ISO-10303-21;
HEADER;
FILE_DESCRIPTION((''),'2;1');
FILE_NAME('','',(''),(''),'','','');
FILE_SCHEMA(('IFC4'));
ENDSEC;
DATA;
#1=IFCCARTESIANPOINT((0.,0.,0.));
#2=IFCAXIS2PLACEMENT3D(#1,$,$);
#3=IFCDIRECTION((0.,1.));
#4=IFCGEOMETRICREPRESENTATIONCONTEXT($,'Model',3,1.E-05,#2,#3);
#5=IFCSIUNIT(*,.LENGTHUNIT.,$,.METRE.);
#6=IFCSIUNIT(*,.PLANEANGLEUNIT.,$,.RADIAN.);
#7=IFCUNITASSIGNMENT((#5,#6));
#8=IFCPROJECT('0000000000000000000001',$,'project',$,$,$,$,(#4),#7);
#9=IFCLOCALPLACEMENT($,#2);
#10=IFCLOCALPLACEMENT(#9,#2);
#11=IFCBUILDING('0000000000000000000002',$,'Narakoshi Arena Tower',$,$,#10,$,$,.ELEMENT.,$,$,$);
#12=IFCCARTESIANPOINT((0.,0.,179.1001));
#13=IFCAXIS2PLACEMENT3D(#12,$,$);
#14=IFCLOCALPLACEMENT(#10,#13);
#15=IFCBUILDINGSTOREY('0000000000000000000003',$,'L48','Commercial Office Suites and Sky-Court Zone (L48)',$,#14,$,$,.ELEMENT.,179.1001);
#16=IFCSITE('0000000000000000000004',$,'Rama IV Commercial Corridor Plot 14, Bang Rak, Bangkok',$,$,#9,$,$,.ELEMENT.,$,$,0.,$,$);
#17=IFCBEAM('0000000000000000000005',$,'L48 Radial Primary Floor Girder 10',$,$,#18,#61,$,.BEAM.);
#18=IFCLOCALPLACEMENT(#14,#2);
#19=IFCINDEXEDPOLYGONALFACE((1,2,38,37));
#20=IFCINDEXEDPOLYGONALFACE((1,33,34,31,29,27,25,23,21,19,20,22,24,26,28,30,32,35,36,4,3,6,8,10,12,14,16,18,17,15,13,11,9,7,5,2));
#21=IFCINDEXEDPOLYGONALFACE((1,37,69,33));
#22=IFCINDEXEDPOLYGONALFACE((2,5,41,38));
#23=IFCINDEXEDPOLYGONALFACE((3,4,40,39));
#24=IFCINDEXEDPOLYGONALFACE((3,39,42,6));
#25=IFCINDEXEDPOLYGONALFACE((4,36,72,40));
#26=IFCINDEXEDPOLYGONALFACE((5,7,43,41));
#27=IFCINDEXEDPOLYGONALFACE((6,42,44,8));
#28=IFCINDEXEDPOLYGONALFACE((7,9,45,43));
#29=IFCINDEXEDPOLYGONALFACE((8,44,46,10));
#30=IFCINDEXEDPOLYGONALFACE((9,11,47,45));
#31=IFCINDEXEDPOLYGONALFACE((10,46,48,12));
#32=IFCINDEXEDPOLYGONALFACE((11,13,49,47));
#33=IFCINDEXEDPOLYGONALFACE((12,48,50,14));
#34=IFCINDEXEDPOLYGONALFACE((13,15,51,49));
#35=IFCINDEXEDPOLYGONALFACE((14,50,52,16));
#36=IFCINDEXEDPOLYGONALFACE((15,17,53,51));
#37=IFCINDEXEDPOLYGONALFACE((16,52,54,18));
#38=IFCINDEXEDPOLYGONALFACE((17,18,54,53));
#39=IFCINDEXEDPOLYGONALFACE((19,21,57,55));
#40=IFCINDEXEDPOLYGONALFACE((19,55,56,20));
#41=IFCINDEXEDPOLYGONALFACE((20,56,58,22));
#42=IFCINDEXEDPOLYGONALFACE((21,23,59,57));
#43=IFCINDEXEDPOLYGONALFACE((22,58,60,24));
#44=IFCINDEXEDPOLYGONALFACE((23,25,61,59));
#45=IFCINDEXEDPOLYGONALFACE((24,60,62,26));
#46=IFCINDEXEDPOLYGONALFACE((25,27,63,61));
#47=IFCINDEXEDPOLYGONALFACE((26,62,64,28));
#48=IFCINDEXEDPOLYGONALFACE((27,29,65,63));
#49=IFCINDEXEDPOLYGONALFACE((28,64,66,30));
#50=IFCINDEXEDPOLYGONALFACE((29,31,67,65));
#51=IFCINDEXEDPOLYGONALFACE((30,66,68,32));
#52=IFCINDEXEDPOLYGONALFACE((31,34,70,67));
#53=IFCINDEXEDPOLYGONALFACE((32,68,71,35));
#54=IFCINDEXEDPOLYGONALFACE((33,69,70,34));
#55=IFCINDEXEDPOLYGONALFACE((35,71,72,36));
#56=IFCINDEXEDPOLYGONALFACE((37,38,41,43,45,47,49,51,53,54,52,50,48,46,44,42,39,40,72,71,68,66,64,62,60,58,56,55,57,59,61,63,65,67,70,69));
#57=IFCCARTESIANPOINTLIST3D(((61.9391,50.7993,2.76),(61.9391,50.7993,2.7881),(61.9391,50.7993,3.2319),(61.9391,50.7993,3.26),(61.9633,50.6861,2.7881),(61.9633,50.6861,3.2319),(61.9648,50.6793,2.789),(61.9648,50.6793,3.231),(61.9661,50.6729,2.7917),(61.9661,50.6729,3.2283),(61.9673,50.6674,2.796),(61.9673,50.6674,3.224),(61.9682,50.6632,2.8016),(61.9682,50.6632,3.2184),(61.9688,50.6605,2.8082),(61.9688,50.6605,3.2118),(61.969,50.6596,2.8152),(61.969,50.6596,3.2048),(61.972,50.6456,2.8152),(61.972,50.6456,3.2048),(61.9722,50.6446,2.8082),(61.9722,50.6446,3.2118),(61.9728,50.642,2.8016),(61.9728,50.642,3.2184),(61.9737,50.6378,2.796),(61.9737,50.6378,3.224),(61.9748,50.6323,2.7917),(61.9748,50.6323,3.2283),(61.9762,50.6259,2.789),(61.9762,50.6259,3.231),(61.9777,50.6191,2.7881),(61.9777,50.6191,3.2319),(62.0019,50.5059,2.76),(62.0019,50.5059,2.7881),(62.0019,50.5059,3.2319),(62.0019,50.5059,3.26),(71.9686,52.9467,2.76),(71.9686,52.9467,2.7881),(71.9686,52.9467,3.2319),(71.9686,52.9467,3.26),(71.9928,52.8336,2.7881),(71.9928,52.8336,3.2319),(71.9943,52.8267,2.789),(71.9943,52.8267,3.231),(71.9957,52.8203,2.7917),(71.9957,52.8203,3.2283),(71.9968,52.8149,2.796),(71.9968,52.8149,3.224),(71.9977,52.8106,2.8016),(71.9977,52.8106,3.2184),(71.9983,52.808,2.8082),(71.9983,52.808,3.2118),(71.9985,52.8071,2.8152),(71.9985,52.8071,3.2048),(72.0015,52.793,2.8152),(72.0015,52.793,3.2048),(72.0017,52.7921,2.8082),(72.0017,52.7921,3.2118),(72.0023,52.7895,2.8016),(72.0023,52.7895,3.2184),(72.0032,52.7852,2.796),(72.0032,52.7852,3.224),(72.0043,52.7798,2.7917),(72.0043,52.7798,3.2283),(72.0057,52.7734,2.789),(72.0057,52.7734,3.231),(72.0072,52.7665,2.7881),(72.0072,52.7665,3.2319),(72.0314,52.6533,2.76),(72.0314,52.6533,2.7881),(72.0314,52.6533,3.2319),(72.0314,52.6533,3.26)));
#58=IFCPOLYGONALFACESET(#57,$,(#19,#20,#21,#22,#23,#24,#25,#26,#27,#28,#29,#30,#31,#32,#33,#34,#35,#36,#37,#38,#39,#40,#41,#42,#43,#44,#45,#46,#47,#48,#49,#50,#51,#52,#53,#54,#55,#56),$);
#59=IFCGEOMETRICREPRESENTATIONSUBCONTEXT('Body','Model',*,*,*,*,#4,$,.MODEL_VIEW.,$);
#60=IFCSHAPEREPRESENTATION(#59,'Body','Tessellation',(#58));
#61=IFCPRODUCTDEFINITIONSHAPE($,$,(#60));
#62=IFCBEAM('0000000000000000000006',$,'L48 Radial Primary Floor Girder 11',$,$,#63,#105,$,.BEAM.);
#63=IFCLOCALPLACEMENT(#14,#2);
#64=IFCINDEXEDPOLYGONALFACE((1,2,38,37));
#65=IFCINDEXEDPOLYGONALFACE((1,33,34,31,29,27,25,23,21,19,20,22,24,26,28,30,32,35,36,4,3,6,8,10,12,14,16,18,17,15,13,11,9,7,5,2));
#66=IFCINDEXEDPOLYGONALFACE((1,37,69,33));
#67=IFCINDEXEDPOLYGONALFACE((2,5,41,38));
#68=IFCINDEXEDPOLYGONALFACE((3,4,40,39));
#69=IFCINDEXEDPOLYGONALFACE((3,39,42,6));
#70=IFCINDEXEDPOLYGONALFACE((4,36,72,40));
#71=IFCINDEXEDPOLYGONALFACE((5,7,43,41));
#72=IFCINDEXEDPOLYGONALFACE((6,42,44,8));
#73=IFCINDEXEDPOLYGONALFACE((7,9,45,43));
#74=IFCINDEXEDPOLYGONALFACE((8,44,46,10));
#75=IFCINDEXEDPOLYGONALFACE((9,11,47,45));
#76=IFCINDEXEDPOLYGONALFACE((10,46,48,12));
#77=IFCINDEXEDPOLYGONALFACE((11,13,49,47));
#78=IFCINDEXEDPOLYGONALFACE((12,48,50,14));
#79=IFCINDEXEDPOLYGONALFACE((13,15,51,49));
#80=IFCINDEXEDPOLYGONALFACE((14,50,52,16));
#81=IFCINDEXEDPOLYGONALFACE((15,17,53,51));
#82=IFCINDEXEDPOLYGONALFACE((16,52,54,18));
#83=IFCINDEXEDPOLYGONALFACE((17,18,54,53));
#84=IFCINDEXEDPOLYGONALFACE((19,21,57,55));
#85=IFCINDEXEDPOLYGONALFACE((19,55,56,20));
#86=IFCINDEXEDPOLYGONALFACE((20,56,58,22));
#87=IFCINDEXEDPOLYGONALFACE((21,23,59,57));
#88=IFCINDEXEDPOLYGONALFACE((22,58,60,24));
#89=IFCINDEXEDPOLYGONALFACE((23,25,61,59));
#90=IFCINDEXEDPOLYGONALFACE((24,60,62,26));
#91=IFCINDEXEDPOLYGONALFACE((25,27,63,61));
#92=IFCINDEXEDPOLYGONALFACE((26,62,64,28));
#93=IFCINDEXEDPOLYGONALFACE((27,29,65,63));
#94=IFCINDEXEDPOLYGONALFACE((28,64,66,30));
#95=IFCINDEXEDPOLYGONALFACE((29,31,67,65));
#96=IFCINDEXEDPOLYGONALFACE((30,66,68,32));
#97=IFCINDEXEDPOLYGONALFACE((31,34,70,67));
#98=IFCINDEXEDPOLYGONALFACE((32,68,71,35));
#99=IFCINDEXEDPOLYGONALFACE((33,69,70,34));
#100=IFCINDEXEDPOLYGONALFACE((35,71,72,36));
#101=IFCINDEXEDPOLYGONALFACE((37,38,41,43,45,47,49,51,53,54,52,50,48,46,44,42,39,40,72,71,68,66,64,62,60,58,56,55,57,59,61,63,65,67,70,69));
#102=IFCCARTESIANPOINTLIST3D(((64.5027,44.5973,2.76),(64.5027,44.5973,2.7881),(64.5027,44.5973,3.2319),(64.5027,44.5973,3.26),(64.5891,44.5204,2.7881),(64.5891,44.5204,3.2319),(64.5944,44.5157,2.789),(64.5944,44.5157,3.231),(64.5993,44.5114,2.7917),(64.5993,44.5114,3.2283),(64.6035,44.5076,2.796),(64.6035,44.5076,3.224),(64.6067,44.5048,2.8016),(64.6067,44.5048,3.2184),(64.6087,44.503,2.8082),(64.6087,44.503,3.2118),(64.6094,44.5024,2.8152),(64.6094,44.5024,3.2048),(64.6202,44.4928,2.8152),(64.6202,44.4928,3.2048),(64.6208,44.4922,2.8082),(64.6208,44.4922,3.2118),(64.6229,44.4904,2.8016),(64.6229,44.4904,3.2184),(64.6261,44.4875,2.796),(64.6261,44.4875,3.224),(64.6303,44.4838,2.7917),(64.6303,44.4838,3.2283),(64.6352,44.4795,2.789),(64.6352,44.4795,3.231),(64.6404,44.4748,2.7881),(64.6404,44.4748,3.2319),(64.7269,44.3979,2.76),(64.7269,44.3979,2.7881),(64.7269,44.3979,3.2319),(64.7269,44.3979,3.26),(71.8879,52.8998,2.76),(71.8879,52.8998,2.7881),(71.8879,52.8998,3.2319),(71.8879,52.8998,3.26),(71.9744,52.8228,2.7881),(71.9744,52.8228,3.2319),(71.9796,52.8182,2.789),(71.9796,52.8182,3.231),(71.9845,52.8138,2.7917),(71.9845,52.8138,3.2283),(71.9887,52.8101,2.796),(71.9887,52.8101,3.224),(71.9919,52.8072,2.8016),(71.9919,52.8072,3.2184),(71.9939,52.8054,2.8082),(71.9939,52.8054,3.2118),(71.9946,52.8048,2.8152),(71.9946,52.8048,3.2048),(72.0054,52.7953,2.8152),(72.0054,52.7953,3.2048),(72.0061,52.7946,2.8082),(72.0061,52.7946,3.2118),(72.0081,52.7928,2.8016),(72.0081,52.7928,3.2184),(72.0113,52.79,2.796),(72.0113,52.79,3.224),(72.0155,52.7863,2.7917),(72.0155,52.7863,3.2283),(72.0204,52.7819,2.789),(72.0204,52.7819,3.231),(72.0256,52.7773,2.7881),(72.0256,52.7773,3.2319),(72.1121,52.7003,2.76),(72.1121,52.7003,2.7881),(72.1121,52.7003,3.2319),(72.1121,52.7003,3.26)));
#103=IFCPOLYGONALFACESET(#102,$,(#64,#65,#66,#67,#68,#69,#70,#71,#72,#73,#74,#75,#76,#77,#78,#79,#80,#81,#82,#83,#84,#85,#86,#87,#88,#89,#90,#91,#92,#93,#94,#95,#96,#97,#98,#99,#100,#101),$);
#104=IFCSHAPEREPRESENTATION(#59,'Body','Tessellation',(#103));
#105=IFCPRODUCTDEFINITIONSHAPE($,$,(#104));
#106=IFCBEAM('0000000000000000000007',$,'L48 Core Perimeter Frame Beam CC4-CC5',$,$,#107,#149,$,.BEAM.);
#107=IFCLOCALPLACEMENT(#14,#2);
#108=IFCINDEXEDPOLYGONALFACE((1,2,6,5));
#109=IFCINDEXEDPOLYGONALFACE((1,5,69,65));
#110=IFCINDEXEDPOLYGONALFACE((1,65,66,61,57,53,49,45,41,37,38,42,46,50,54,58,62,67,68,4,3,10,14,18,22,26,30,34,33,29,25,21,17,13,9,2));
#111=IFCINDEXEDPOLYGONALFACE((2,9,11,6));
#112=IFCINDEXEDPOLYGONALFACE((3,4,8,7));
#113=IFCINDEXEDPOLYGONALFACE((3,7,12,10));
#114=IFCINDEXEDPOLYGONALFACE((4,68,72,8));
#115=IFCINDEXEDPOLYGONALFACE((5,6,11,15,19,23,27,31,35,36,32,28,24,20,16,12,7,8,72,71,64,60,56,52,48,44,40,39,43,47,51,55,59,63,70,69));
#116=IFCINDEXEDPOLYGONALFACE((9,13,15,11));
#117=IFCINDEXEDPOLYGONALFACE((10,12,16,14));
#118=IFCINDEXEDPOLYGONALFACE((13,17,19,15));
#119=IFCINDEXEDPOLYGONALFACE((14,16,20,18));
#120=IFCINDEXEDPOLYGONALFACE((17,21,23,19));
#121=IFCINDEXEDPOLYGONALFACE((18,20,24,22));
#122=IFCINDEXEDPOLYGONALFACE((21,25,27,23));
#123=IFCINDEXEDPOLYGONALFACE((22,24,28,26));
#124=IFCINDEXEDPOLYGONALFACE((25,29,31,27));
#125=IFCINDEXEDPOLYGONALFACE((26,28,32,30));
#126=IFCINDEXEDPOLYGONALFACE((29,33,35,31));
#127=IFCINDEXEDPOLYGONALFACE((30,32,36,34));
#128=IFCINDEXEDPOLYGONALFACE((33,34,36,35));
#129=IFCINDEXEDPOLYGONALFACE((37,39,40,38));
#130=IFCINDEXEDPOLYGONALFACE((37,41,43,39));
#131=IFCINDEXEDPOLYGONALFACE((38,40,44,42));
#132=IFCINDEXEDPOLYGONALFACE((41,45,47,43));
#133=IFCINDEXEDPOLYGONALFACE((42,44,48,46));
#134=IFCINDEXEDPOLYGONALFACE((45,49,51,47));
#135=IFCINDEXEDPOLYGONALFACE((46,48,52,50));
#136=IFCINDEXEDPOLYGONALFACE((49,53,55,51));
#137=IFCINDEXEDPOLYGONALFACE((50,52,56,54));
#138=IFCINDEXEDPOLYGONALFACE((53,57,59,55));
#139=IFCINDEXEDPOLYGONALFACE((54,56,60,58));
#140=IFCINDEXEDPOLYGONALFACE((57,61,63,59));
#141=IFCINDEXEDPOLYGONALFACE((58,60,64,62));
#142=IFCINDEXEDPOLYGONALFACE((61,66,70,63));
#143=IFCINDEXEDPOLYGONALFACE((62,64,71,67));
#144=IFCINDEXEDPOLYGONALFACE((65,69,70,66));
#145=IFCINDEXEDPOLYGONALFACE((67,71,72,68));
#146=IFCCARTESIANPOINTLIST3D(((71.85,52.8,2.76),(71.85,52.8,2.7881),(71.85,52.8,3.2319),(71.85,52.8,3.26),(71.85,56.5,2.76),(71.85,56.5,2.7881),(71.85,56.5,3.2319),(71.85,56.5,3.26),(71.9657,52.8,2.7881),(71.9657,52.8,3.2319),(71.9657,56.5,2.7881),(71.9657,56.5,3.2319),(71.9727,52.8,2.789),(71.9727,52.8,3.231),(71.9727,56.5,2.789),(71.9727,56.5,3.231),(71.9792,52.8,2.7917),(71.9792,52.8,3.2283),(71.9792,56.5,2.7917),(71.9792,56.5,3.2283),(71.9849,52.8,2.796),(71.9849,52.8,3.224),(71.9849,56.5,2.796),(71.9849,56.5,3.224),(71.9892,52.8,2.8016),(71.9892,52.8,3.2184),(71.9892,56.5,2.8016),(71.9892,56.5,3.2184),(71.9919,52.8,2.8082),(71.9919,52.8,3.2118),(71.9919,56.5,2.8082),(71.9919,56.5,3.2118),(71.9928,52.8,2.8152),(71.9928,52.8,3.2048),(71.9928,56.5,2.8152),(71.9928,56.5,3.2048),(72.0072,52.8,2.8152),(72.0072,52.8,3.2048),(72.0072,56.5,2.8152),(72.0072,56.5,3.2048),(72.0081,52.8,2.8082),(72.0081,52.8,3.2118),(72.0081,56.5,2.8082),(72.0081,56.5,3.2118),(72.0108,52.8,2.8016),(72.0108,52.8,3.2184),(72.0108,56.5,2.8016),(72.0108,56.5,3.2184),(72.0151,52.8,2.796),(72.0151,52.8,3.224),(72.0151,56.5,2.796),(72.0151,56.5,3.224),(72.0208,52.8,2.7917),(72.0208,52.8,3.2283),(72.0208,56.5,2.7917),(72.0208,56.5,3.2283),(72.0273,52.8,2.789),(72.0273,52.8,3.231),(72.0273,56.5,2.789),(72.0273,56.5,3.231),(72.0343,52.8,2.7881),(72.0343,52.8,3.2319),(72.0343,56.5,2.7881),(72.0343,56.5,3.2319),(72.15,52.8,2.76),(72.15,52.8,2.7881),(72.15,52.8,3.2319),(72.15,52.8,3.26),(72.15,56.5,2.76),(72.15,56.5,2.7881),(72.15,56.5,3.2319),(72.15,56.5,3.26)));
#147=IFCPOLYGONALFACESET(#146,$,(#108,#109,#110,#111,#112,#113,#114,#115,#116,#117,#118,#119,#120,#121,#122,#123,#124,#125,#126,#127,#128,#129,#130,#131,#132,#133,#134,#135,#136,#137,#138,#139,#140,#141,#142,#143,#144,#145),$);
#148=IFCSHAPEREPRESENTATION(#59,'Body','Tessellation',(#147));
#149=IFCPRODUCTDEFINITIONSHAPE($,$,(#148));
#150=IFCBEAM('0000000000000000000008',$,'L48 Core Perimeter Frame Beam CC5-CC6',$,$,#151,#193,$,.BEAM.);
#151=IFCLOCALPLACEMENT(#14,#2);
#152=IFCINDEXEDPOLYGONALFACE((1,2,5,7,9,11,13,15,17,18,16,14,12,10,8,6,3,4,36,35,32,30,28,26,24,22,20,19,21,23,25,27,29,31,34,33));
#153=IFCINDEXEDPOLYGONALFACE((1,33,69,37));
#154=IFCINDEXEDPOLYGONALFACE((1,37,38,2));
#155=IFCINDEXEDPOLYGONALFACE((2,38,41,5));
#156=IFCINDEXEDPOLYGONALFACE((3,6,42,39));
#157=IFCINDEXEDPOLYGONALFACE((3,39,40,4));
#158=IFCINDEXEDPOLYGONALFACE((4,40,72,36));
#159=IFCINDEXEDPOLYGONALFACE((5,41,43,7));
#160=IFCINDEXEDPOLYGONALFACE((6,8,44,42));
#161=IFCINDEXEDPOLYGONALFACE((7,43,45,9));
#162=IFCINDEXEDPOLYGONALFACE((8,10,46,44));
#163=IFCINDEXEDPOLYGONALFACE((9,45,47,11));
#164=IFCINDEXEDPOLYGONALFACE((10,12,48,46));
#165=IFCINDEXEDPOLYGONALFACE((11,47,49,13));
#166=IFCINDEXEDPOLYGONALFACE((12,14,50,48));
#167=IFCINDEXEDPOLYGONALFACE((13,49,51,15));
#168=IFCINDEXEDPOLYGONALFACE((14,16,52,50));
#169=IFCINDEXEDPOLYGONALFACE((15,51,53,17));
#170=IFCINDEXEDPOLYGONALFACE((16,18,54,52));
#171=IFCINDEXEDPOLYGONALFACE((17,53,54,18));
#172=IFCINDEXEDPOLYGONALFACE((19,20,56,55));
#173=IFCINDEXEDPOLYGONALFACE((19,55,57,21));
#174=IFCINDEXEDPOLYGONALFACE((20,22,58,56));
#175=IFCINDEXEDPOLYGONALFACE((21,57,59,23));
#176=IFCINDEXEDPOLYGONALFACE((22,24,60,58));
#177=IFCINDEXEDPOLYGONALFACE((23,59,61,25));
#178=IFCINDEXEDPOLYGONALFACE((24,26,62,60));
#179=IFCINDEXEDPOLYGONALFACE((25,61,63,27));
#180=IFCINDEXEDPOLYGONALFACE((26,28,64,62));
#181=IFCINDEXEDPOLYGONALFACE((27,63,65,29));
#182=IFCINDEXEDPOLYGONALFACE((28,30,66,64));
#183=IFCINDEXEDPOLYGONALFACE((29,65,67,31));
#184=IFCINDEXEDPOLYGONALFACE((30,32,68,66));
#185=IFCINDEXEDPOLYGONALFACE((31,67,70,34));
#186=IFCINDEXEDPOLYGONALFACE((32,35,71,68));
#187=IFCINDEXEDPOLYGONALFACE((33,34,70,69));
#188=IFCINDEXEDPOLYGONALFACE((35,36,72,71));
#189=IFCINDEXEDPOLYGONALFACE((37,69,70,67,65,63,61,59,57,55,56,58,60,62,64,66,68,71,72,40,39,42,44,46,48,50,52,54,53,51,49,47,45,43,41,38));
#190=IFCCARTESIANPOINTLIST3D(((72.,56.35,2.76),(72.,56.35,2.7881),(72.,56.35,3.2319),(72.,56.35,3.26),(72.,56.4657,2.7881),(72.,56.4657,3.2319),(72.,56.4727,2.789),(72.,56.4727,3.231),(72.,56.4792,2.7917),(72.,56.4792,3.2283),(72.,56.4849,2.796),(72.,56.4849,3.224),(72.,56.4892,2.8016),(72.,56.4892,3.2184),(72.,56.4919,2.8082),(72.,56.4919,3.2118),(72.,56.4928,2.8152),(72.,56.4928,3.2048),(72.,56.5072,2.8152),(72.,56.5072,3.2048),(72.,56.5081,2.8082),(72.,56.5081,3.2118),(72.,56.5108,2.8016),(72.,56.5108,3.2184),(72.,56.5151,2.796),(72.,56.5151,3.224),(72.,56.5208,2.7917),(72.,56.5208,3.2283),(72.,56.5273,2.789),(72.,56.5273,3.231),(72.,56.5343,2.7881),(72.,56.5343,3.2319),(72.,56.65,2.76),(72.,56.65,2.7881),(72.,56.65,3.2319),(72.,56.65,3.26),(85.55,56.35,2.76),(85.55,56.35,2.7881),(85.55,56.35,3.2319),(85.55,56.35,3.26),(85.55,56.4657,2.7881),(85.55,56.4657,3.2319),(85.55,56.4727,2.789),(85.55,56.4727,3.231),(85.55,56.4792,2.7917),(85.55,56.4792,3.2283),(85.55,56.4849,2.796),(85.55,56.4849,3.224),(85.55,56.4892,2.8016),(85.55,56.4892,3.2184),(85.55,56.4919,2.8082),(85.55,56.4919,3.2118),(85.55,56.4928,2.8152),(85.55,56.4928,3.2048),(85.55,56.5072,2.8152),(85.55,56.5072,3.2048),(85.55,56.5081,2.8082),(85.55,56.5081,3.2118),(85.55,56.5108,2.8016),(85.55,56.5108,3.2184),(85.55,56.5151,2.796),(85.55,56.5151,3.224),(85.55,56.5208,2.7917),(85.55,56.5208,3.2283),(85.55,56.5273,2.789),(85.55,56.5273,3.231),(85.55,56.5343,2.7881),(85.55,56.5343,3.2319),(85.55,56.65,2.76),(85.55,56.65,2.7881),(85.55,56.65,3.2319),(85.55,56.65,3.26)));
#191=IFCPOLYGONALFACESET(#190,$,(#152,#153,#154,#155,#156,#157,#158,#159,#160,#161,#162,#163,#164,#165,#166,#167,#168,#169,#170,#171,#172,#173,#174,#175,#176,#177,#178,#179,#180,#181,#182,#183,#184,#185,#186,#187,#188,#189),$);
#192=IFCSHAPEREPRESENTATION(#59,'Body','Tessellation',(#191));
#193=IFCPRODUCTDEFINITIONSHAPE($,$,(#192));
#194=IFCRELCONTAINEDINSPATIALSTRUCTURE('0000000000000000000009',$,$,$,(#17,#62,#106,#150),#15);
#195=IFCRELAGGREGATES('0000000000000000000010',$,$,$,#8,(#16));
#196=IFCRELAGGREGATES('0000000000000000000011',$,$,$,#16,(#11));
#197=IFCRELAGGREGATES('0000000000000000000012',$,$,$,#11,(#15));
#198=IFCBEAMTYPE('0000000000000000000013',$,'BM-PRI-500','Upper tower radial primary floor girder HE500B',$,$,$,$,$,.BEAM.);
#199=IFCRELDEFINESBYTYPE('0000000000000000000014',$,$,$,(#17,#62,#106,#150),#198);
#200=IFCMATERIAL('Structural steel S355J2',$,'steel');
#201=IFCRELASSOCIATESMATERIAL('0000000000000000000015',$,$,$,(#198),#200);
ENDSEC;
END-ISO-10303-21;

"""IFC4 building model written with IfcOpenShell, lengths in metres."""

from ifc_helpers import new_model, si_unit, direction, frame, origin, origin_2d, place, context, subcontext, project, spatial, i_section, extrude, material, material_profile, profile_set, type_object, element, save


model = new_model("IFC4")

# Units and contexts
model_context = context("Model", 3, precision=1e-05, world=origin(), true_north=direction((0.0, 1.0)))
body_context = subcontext(model_context, "Body", "Model", "MODEL_VIEW")
ifc_project = project(units=[si_unit("LENGTHUNIT", "METRE"), si_unit("PLANEANGLEUNIT", "RADIAN")], contexts=[model_context])

# Site, building, storey
site_placement = place(None, origin())
site = spatial("IfcSite", under=ifc_project, at=site_placement, Name="Rama IV Commercial Corridor Plot 14, Bang Rak, Bangkok", CompositionType="ELEMENT", RefElevation=0.0)
building_placement = place(site_placement, origin())
building = spatial("IfcBuilding", under=site, at=building_placement, Name="Narakoshi Arena Tower", CompositionType="ELEMENT")
storey_placement = place(building_placement, frame((0.0, 0.0, 179.1001)))
storey = spatial("IfcBuildingStorey", under=building, at=storey_placement, Name="L48", Description="Commercial Office Suites and Sky-Court Zone (L48)", CompositionType="ELEMENT", Elevation=179.1001)

# Beams
ifc_material_1 = material(Name="Structural steel S355J2", Category="steel")
ifc_material_profile_1 = material_profile(ifc_material_1, i_section(OverallWidth=0.3, OverallDepth=0.5, WebThickness=0.0144, FlangeThickness=0.0281, FilletRadius=0.0271, at=origin_2d()), Name="HE500B")
ifc_profile_set_1 = profile_set([ifc_material_profile_1], Name="Structural steel S355J2")
beam_type = type_object("IfcBeamType", Name="BM-PRI-500", Description="Upper tower radial primary floor girder HE500B", PredefinedType="BEAM", material=ifc_profile_set_1)
beam_1_placement = place(storey_placement, frame((72.0, 52.8, 3.01), z_axis=(-0.977837, -0.209368, 0.0), x_axis=(0.209368, -0.977837, 0.0)))
element("IfcBeam", 1, at=beam_1_placement, inside=storey, type_object=beam_type, Name="L48 Radial Primary Floor Girder 10", PredefinedType="BEAM", context=body_context, shape_type="SweptSolid", body=[
    extrude(i_section(OverallWidth=0.3, OverallDepth=0.5, WebThickness=0.0144, FlangeThickness=0.0281, FilletRadius=0.0271, at=origin_2d()), origin(), (0.0, 0.0, 1.0), 10.2568),
])
beam_2_placement = place(storey_placement, frame((72.0, 52.8, 3.01), z_axis=(-0.664628, -0.747174, 0.0), x_axis=(0.747174, -0.664628, 0.0)))
element("IfcBeam", 2, at=beam_2_placement, inside=storey, type_object=beam_type, Name="L48 Radial Primary Floor Girder 11", PredefinedType="BEAM", context=body_context, shape_type="SweptSolid", body=[
    extrude(i_section(OverallWidth=0.3, OverallDepth=0.5, WebThickness=0.0144, FlangeThickness=0.0281, FilletRadius=0.0271, at=origin_2d()), origin(), (0.0, 0.0, 1.0), 11.1118),
])
beam_3_placement = place(storey_placement, frame((72.0, 52.8, 3.01), z_axis=(0.0, 1.0, 0.0), x_axis=(-1.0, 0.0, 0.0)))
element("IfcBeam", 3, at=beam_3_placement, inside=storey, type_object=beam_type, Name="L48 Core Perimeter Frame Beam CC4-CC5", PredefinedType="BEAM", context=body_context, shape_type="SweptSolid", body=[
    extrude(i_section(OverallWidth=0.3, OverallDepth=0.5, WebThickness=0.0144, FlangeThickness=0.0281, FilletRadius=0.0271, at=origin_2d()), origin(), (0.0, 0.0, 1.0), 3.7),
])
beam_4_placement = place(storey_placement, frame((72.0, 56.5, 3.01), z_axis=(1.0, 0.0, 0.0), x_axis=(0.0, 1.0, 0.0)))
element("IfcBeam", 4, at=beam_4_placement, inside=storey, type_object=beam_type, Name="L48 Core Perimeter Frame Beam CC5-CC6", PredefinedType="BEAM", context=body_context, shape_type="SweptSolid", body=[
    extrude(i_section(OverallWidth=0.3, OverallDepth=0.5, WebThickness=0.0144, FlangeThickness=0.0281, FilletRadius=0.0271, at=origin_2d()), origin(), (0.0, 0.0, 1.0), 13.55),
])

save(model, "model.ifc")
